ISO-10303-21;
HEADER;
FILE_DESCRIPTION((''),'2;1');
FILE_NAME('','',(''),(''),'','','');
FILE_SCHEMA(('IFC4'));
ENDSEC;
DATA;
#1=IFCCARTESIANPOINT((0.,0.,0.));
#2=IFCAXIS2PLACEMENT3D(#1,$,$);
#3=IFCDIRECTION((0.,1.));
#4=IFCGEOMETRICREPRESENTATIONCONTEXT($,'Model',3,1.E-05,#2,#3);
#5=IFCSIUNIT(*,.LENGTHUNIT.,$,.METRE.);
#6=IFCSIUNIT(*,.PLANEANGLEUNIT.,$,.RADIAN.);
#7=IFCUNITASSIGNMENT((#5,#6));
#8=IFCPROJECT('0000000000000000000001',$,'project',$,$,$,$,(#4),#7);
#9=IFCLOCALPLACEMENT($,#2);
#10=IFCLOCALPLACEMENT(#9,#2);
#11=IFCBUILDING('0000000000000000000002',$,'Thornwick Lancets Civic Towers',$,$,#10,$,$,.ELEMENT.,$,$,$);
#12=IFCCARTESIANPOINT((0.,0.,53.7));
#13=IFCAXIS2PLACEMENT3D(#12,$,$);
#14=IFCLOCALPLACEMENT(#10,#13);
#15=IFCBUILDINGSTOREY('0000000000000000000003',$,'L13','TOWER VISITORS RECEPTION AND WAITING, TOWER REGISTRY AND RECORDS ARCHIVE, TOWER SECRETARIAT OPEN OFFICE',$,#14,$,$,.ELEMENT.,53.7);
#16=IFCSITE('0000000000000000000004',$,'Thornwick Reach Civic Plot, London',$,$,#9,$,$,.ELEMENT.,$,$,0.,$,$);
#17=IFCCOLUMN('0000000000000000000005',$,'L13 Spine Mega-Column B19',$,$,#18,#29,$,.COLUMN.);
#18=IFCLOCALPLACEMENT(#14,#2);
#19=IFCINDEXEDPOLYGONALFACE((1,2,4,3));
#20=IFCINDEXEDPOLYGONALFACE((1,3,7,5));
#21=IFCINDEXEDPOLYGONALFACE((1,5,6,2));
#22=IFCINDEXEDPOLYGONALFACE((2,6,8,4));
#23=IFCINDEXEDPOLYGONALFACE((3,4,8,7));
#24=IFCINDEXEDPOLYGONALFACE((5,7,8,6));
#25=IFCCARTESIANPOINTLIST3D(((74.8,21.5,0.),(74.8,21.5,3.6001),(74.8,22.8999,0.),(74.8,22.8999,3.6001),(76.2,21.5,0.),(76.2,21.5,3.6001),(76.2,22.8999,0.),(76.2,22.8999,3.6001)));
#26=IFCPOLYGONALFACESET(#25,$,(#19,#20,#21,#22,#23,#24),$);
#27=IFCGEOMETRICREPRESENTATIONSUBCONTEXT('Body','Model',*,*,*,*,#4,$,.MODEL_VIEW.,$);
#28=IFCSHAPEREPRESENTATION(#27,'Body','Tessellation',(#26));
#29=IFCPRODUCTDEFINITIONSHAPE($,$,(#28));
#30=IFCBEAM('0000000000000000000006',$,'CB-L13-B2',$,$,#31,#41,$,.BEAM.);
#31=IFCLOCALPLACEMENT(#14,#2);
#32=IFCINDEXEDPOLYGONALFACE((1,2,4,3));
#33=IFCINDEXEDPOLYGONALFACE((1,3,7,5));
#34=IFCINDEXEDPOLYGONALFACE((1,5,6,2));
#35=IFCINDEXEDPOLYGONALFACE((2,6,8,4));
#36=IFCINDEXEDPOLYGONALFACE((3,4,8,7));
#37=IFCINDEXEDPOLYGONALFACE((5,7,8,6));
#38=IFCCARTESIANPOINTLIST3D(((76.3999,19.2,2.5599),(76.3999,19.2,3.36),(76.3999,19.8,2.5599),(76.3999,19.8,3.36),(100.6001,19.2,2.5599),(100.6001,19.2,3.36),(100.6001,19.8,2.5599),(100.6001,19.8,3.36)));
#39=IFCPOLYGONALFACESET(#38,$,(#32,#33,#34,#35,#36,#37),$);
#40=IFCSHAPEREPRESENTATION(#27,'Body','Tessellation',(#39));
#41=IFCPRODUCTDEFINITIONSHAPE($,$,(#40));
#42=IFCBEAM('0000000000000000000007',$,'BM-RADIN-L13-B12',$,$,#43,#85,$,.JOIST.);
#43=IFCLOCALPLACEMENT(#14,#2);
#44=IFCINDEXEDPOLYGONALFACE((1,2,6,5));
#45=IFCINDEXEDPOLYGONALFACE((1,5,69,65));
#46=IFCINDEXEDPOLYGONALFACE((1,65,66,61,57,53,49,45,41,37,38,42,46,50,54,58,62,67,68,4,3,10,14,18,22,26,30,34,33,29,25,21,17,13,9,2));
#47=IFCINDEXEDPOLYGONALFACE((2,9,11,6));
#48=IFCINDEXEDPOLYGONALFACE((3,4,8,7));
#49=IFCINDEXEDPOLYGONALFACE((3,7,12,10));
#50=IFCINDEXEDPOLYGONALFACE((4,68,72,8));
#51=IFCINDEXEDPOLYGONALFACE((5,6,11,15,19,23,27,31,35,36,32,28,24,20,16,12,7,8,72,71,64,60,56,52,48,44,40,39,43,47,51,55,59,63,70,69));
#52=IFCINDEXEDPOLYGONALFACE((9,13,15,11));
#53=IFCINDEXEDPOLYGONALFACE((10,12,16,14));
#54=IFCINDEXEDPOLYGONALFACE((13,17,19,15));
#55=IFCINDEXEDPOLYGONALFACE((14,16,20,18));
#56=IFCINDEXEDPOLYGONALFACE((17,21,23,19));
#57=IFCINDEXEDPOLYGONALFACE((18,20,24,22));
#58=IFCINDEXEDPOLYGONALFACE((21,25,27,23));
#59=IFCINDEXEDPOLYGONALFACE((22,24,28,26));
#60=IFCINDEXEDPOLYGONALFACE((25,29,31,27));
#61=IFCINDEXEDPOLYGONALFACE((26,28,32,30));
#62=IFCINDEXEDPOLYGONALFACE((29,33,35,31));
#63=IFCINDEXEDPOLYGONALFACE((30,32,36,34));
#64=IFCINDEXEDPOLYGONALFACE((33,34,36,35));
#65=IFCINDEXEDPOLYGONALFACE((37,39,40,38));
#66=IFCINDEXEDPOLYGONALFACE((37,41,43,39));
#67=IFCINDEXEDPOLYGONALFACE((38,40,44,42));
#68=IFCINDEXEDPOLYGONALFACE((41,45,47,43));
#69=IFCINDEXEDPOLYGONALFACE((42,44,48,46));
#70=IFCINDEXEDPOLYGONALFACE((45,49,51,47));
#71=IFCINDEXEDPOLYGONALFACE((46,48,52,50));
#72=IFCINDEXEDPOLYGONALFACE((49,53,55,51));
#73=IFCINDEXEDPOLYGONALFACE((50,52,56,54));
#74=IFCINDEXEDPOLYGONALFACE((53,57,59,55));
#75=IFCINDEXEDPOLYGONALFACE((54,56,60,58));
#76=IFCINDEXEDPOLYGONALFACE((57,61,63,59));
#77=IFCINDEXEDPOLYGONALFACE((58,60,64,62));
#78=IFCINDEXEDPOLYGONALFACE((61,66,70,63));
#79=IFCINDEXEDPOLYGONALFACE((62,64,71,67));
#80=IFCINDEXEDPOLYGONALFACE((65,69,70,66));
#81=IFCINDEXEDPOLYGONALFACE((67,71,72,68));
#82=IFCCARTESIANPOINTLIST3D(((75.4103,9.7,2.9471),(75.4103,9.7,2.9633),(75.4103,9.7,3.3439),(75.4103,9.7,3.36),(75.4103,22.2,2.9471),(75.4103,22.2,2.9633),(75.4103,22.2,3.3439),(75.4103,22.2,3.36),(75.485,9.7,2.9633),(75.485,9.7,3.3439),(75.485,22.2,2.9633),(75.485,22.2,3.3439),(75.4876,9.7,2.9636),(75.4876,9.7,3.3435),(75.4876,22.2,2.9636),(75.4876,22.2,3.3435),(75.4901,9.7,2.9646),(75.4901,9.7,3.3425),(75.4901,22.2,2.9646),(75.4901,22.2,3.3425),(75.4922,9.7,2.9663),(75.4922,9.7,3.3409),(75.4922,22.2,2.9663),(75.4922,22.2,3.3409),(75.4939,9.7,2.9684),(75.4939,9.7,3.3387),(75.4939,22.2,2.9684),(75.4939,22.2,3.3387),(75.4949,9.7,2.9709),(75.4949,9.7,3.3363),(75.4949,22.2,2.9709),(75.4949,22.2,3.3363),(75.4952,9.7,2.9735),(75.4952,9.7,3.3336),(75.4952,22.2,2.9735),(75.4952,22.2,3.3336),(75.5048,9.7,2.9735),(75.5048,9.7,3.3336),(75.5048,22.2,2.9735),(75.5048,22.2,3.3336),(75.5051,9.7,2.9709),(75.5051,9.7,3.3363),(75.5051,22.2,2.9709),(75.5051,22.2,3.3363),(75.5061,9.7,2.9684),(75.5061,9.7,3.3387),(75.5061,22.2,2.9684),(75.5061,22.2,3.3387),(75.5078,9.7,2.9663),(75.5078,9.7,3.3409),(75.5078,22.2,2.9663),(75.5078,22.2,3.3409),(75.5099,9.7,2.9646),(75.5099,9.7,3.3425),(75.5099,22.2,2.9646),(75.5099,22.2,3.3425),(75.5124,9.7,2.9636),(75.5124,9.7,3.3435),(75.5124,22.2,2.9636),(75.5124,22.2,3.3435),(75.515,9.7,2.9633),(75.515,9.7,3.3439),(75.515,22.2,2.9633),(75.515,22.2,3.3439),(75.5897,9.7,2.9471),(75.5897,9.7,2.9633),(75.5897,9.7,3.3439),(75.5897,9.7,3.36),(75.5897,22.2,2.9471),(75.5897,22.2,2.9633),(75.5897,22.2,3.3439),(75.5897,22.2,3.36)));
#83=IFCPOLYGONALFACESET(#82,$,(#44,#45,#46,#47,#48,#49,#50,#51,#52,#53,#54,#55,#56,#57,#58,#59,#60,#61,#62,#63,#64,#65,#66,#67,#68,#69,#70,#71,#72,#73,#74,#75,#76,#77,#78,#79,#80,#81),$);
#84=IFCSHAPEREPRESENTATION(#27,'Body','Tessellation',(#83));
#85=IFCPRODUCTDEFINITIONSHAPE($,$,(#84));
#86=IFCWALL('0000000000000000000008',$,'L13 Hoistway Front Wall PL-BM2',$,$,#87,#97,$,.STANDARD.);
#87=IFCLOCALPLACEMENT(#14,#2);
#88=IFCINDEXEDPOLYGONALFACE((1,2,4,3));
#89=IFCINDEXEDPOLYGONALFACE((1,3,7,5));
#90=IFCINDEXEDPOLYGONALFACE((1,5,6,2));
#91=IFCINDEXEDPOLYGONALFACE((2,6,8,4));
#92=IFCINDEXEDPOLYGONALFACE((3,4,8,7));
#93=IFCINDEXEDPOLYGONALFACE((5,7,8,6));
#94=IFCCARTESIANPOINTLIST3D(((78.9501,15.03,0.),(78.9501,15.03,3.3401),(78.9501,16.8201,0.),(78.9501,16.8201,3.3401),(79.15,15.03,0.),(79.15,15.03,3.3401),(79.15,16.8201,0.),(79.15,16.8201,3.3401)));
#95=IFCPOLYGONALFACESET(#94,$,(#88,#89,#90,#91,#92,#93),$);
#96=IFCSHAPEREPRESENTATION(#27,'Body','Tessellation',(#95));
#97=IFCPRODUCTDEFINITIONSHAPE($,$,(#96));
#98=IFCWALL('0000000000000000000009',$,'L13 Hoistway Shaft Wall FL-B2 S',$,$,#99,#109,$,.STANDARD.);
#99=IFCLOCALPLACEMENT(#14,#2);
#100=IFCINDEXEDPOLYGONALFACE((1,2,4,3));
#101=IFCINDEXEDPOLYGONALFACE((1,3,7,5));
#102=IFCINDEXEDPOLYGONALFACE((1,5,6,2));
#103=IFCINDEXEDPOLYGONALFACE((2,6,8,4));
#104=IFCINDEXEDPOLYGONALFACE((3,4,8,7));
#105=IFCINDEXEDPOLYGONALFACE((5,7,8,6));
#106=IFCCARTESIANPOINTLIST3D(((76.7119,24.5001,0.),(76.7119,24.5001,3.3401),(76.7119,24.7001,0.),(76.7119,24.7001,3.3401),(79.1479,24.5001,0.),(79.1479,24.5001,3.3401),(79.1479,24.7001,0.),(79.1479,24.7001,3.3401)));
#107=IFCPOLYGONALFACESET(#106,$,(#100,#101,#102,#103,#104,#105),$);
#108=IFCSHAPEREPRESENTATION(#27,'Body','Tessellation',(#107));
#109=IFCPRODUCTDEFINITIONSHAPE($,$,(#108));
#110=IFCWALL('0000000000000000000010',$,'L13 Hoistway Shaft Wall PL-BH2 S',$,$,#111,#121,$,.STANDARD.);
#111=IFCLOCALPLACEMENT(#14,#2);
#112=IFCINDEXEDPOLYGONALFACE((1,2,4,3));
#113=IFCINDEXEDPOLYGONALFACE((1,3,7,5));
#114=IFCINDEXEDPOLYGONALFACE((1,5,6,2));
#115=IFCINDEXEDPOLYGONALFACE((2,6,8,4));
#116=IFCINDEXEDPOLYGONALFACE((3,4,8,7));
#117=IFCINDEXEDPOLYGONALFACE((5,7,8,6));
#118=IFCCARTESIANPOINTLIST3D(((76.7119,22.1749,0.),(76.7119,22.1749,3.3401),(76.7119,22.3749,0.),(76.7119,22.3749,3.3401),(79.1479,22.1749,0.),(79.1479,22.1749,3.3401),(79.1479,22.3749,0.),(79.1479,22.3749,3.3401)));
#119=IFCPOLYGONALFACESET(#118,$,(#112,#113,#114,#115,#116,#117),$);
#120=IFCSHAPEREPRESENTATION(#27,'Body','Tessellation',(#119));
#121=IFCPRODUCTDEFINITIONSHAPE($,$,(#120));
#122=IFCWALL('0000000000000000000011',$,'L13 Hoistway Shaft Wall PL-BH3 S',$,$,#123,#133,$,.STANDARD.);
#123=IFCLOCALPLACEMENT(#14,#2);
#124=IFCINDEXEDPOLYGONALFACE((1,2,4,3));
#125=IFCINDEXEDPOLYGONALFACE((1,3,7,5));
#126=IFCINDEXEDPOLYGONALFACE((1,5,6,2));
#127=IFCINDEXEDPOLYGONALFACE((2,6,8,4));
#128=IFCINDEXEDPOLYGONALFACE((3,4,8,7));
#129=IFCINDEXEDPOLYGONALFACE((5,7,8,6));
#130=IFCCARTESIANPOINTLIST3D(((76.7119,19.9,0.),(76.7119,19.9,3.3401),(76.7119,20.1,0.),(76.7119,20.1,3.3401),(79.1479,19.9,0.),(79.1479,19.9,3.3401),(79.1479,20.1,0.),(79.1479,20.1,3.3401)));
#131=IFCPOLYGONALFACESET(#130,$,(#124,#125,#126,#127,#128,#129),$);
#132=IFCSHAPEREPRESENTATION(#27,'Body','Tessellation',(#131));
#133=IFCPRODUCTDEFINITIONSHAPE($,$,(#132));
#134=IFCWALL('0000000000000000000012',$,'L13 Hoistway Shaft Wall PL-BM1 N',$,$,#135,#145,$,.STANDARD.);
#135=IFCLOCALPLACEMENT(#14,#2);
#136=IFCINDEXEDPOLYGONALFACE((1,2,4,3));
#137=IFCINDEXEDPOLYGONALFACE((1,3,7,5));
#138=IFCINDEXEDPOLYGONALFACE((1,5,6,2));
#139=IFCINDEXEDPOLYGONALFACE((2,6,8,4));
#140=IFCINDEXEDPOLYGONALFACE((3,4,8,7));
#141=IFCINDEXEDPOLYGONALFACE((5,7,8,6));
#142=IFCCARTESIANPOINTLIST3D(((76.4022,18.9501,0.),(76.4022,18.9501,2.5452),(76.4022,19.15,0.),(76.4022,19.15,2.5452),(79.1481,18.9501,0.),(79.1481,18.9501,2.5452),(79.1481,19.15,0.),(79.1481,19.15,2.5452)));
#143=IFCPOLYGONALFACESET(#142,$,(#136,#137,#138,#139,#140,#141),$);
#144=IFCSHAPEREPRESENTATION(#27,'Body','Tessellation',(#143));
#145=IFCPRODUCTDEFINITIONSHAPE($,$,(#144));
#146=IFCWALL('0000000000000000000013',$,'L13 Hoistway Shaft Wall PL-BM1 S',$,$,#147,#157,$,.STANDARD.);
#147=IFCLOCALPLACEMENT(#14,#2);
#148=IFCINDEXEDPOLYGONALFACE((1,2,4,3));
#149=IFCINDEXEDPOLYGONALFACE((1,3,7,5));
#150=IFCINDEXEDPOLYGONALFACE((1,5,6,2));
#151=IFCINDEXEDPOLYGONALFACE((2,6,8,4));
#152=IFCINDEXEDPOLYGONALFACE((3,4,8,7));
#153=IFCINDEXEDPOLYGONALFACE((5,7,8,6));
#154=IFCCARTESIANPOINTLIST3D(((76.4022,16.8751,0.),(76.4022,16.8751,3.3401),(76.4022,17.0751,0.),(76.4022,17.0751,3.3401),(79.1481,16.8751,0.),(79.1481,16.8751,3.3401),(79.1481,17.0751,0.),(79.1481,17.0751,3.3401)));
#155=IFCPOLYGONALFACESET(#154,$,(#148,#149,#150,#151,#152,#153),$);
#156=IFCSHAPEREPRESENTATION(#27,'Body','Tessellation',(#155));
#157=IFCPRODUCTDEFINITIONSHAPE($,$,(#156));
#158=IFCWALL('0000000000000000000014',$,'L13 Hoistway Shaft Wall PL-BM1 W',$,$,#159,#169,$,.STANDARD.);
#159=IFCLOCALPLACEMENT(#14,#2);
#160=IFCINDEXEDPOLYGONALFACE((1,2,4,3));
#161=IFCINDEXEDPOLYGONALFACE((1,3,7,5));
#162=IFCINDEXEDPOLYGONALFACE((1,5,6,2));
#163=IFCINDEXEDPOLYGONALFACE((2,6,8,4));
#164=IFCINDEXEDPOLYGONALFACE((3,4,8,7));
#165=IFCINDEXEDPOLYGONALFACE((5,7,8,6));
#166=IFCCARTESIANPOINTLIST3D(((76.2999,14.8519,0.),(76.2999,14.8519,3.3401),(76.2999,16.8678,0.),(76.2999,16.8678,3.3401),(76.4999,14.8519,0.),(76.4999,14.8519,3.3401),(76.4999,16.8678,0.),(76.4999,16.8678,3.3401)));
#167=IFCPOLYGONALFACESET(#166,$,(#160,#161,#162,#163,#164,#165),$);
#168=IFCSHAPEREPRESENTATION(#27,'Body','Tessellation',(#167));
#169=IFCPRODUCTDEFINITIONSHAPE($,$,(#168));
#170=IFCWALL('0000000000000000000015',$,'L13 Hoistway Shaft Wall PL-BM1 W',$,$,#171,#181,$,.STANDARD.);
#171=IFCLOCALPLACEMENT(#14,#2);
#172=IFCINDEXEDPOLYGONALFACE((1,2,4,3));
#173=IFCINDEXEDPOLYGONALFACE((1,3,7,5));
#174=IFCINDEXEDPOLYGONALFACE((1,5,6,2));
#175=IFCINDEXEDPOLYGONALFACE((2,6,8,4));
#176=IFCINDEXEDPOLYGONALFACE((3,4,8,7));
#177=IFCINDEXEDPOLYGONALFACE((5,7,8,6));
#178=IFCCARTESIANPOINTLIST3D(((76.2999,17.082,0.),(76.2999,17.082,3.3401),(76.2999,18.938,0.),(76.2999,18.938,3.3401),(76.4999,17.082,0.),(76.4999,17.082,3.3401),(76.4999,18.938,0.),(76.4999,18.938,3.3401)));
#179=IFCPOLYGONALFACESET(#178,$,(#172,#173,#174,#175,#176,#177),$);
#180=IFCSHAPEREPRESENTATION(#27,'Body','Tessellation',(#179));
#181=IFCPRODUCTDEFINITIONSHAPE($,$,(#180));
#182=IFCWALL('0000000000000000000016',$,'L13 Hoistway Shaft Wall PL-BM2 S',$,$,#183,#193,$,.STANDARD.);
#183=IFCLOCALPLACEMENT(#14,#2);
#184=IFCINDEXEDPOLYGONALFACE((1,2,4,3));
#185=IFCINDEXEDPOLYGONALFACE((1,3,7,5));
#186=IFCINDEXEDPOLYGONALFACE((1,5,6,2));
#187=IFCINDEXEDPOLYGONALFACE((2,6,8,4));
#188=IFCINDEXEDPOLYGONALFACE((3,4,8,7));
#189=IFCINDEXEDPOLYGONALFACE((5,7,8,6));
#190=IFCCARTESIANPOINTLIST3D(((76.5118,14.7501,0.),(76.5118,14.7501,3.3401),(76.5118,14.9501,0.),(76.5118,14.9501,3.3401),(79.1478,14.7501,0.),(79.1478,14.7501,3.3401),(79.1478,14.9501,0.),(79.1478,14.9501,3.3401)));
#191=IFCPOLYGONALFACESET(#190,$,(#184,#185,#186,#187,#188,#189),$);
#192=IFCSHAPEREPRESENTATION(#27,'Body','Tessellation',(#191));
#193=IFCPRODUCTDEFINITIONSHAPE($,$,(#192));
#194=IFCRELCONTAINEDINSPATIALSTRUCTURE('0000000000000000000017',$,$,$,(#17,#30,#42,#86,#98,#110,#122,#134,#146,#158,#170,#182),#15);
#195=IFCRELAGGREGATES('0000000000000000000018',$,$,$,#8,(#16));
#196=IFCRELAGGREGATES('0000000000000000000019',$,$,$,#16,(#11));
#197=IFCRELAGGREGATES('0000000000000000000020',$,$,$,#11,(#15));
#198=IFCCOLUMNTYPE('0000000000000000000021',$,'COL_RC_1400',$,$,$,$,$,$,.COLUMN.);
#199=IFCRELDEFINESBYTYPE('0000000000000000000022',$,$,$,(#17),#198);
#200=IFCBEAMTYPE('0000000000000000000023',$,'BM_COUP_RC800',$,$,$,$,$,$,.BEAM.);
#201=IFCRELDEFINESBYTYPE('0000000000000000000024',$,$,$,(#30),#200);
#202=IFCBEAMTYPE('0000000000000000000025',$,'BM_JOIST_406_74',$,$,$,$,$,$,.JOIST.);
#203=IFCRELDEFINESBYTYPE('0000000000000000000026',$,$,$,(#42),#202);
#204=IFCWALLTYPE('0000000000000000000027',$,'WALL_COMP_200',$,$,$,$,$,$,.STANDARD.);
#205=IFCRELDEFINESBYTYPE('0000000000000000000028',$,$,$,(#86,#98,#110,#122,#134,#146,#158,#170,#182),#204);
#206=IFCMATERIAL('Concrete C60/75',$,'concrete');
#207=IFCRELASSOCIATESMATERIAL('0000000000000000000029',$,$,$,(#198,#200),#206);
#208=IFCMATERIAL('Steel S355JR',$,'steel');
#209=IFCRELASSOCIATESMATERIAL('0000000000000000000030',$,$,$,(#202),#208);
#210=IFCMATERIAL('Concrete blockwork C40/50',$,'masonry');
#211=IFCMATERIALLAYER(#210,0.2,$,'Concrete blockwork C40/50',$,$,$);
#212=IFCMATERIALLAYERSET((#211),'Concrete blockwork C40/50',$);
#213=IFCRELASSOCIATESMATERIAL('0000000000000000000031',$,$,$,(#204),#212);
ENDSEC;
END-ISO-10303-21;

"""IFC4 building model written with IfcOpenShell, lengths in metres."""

from ifc_helpers import new_model, si_unit, direction, frame, frame_2d, origin, origin_2d, place, context, subcontext, project, spatial, rectangle, i_section, extrude, material, layer, layer_set, material_profile, profile_set, type_object, element, save


model = new_model("IFC4")

# Units and contexts
model_context = context("Model", 3, precision=1e-05, world=origin(), true_north=direction((0.0, 1.0)))
body_context = subcontext(model_context, "Body", "Model", "MODEL_VIEW")
ifc_project = project(units=[si_unit("LENGTHUNIT", "METRE"), si_unit("PLANEANGLEUNIT", "RADIAN")], contexts=[model_context])

# Site, building, storey
site_placement = place(None, origin())
site = spatial("IfcSite", under=ifc_project, at=site_placement, Name="Thornwick Reach Civic Plot, London", CompositionType="ELEMENT", RefElevation=0.0)
building_placement = place(site_placement, origin())
building = spatial("IfcBuilding", under=site, at=building_placement, Name="Thornwick Lancets Civic Towers", CompositionType="ELEMENT")
storey_placement = place(building_placement, frame((0.0, 0.0, 53.7)))
storey = spatial("IfcBuildingStorey", under=building, at=storey_placement, Name="L13", Description="TOWER VISITORS RECEPTION AND WAITING, TOWER REGISTRY AND RECORDS ARCHIVE, TOWER SECRETARIAT OPEN OFFICE", CompositionType="ELEMENT", Elevation=53.7)

# Column
ifc_material_1 = material(Name="Concrete C60/75", Category="concrete")
ifc_material_profile_1 = material_profile(ifc_material_1, rectangle(XDim=1.3999, YDim=1.3999, at=origin_2d()), Name="RC 1400x1400")
ifc_profile_set_1 = profile_set([ifc_material_profile_1], Name="Concrete C60/75")
column_type = type_object("IfcColumnType", Name="COL_RC_1400", PredefinedType="COLUMN", material=ifc_profile_set_1)
column_placement = place(storey_placement, frame((75.5, 22.2, 0.0), z_axis=(0.0, 0.0, 1.0), x_axis=(1.0, 0.0, 0.0)))
element("IfcColumn", 1, at=column_placement, inside=storey, type_object=column_type, Name="L13 Spine Mega-Column B19", PredefinedType="COLUMN", context=body_context, shape_type="SweptSolid", body=[
    extrude(rectangle(XDim=1.3999, YDim=1.3999, at=origin_2d()), origin(), (0.0, 0.0, 1.0), 3.6001),
])

# Beams
ifc_material_profile_2 = material_profile(ifc_material_1, rectangle(XDim=0.6001, YDim=0.8, at=origin_2d()), Name="RC 600x800")
ifc_profile_set_2 = profile_set([ifc_material_profile_2], Name="Concrete C60/75")
beam_type_1 = type_object("IfcBeamType", Name="BM_COUP_RC800", PredefinedType="BEAM", material=ifc_profile_set_2)
beam_1_placement = place(storey_placement, frame((76.3999, 19.5, 2.96), z_axis=(1.0, 0.0, 0.0), x_axis=(0.0, 1.0, 0.0)))
element("IfcBeam", 2, at=beam_1_placement, inside=storey, type_object=beam_type_1, Name="CB-L13-B2", PredefinedType="BEAM", context=body_context, shape_type="SweptSolid", body=[
    extrude(rectangle(XDim=0.6001, YDim=0.8, at=origin_2d()), origin(), (0.0, 0.0, 1.0), 24.2002),
])
ifc_material_2 = material(Name="Steel S355JR", Category="steel")
ifc_material_profile_3 = material_profile(ifc_material_2, i_section(OverallWidth=0.1794, OverallDepth=0.4128, WebThickness=0.0095, FlangeThickness=0.0161, FilletRadius=0.0103, at=origin_2d()), Name="UKB 406x178x74")
ifc_profile_set_3 = profile_set([ifc_material_profile_3], Name="Steel S355JR")
beam_type_2 = type_object("IfcBeamType", Name="BM_JOIST_406_74", PredefinedType="JOIST", material=ifc_profile_set_3)
beam_2_placement = place(storey_placement, frame((75.5, 22.2, 3.1536), z_axis=(0.0, -1.0, 0.0), x_axis=(1.0, 0.0, 0.0)))
element("IfcBeam", 3, at=beam_2_placement, inside=storey, type_object=beam_type_2, Name="BM-RADIN-L13-B12", PredefinedType="JOIST", context=body_context, shape_type="SweptSolid", body=[
    extrude(i_section(OverallWidth=0.1794, OverallDepth=0.4128, WebThickness=0.0095, FlangeThickness=0.0161, FilletRadius=0.0103, at=origin_2d()), origin(), (0.0, 0.0, 1.0), 12.5),
])

# Walls
ifc_material_3 = material(Name="Concrete blockwork C40/50", Category="masonry")
ifc_layer_1 = layer(ifc_material_3, 0.2, Name="Concrete blockwork C40/50")
ifc_layer_set_1 = layer_set([ifc_layer_1], Name="Concrete blockwork C40/50")
wall_type_1 = type_object("IfcWallType", Name="WALL_COMP_200", PredefinedType="STANDARD", material=ifc_layer_set_1)
wall_1_placement = place(storey_placement, frame((79.05, 15.03, 0.0), z_axis=(0.0, 0.0, 1.0), x_axis=(0.0, 1.0, 0.0)))
element("IfcWall", 4, at=wall_1_placement, inside=storey, type_object=wall_type_1, Name="L13 Hoistway Front Wall PL-BM2", PredefinedType="STANDARD", context=body_context, shape_type="SweptSolid", body=[
    extrude(rectangle(XDim=1.79, YDim=0.2, at=frame_2d((0.895, 0.0))), origin(), (0.0, 0.0, 1.0), 3.3401),
])
for number, where, z_axis, x_axis, name in (
    (5, (76.7119, 24.6001, 0.0), (0.0, 0.0, 1.0), (1.0, 0.0, 0.0), "L13 Hoistway Shaft Wall FL-B2 S"),
    (6, (76.7119, 22.2749, 0.0), (0.0, 0.0, 1.0), (1.0, 0.0, 0.0), "L13 Hoistway Shaft Wall PL-BH2 S"),
    (7, (76.7119, 20.0, 0.0), (0.0, 0.0, 1.0), (1.0, 0.0, 0.0), "L13 Hoistway Shaft Wall PL-BH3 S"),
):
    element("IfcWall", number, at=place(storey_placement, frame(where, z_axis=z_axis, x_axis=x_axis)), inside=storey, type_object=wall_type_1, Name=name, PredefinedType="STANDARD", context=body_context, shape_type="SweptSolid", body=[
        extrude(rectangle(XDim=2.436, YDim=0.2, at=frame_2d((1.218, 0.0))), origin(), (0.0, 0.0, 1.0), 3.3401),
    ])
wall_2_placement = place(storey_placement, frame((76.4021, 19.05, 0.0), z_axis=(0.0, 0.0, 1.0), x_axis=(1.0, 0.0, 0.0)))
element("IfcWall", 8, at=wall_2_placement, inside=storey, type_object=wall_type_1, Name="L13 Hoistway Shaft Wall PL-BM1 N", PredefinedType="STANDARD", context=body_context, shape_type="SweptSolid", body=[
    extrude(rectangle(XDim=2.7458, YDim=0.2, at=frame_2d((1.373, 0.0))), origin(), (0.0, 0.0, 1.0), 2.5452),
])
wall_3_placement = place(storey_placement, frame((76.4021, 16.9751, 0.0), z_axis=(0.0, 0.0, 1.0), x_axis=(1.0, 0.0, 0.0)))
element("IfcWall", 9, at=wall_3_placement, inside=storey, type_object=wall_type_1, Name="L13 Hoistway Shaft Wall PL-BM1 S", PredefinedType="STANDARD", context=body_context, shape_type="SweptSolid", body=[
    extrude(rectangle(XDim=2.7458, YDim=0.2, at=frame_2d((1.373, 0.0))), origin(), (0.0, 0.0, 1.0), 3.3401),
])
wall_4_placement = place(storey_placement, frame((76.3999, 14.8521, 0.0), z_axis=(0.0, 0.0, 1.0), x_axis=(0.0, 1.0, 0.0)))
element("IfcWall", 10, at=wall_4_placement, inside=storey, type_object=wall_type_1, Name="L13 Hoistway Shaft Wall PL-BM1 W", PredefinedType="STANDARD", context=body_context, shape_type="SweptSolid", body=[
    extrude(rectangle(XDim=2.0159, YDim=0.2, at=frame_2d((1.0078, 0.0))), origin(), (0.0, 0.0, 1.0), 3.3401),
])
wall_5_placement = place(storey_placement, frame((76.3999, 17.082, 0.0), z_axis=(0.0, 0.0, 1.0), x_axis=(0.0, 1.0, 0.0)))
element("IfcWall", 11, at=wall_5_placement, inside=storey, type_object=wall_type_1, Name="L13 Hoistway Shaft Wall PL-BM1 W", PredefinedType="STANDARD", context=body_context, shape_type="SweptSolid", body=[
    extrude(rectangle(XDim=1.856, YDim=0.2, at=frame_2d((0.928, 0.0))), origin(), (0.0, 0.0, 1.0), 3.3401),
])
wall_6_placement = place(storey_placement, frame((76.512, 14.8501, 0.0), z_axis=(0.0, 0.0, 1.0), x_axis=(1.0, 0.0, 0.0)))
element("IfcWall", 12, at=wall_6_placement, inside=storey, type_object=wall_type_1, Name="L13 Hoistway Shaft Wall PL-BM2 S", PredefinedType="STANDARD", context=body_context, shape_type="SweptSolid", body=[
    extrude(rectangle(XDim=2.636, YDim=0.2, at=frame_2d((1.3179, 0.0))), origin(), (0.0, 0.0, 1.0), 3.3401),
])

save(model, "model.ifc")
